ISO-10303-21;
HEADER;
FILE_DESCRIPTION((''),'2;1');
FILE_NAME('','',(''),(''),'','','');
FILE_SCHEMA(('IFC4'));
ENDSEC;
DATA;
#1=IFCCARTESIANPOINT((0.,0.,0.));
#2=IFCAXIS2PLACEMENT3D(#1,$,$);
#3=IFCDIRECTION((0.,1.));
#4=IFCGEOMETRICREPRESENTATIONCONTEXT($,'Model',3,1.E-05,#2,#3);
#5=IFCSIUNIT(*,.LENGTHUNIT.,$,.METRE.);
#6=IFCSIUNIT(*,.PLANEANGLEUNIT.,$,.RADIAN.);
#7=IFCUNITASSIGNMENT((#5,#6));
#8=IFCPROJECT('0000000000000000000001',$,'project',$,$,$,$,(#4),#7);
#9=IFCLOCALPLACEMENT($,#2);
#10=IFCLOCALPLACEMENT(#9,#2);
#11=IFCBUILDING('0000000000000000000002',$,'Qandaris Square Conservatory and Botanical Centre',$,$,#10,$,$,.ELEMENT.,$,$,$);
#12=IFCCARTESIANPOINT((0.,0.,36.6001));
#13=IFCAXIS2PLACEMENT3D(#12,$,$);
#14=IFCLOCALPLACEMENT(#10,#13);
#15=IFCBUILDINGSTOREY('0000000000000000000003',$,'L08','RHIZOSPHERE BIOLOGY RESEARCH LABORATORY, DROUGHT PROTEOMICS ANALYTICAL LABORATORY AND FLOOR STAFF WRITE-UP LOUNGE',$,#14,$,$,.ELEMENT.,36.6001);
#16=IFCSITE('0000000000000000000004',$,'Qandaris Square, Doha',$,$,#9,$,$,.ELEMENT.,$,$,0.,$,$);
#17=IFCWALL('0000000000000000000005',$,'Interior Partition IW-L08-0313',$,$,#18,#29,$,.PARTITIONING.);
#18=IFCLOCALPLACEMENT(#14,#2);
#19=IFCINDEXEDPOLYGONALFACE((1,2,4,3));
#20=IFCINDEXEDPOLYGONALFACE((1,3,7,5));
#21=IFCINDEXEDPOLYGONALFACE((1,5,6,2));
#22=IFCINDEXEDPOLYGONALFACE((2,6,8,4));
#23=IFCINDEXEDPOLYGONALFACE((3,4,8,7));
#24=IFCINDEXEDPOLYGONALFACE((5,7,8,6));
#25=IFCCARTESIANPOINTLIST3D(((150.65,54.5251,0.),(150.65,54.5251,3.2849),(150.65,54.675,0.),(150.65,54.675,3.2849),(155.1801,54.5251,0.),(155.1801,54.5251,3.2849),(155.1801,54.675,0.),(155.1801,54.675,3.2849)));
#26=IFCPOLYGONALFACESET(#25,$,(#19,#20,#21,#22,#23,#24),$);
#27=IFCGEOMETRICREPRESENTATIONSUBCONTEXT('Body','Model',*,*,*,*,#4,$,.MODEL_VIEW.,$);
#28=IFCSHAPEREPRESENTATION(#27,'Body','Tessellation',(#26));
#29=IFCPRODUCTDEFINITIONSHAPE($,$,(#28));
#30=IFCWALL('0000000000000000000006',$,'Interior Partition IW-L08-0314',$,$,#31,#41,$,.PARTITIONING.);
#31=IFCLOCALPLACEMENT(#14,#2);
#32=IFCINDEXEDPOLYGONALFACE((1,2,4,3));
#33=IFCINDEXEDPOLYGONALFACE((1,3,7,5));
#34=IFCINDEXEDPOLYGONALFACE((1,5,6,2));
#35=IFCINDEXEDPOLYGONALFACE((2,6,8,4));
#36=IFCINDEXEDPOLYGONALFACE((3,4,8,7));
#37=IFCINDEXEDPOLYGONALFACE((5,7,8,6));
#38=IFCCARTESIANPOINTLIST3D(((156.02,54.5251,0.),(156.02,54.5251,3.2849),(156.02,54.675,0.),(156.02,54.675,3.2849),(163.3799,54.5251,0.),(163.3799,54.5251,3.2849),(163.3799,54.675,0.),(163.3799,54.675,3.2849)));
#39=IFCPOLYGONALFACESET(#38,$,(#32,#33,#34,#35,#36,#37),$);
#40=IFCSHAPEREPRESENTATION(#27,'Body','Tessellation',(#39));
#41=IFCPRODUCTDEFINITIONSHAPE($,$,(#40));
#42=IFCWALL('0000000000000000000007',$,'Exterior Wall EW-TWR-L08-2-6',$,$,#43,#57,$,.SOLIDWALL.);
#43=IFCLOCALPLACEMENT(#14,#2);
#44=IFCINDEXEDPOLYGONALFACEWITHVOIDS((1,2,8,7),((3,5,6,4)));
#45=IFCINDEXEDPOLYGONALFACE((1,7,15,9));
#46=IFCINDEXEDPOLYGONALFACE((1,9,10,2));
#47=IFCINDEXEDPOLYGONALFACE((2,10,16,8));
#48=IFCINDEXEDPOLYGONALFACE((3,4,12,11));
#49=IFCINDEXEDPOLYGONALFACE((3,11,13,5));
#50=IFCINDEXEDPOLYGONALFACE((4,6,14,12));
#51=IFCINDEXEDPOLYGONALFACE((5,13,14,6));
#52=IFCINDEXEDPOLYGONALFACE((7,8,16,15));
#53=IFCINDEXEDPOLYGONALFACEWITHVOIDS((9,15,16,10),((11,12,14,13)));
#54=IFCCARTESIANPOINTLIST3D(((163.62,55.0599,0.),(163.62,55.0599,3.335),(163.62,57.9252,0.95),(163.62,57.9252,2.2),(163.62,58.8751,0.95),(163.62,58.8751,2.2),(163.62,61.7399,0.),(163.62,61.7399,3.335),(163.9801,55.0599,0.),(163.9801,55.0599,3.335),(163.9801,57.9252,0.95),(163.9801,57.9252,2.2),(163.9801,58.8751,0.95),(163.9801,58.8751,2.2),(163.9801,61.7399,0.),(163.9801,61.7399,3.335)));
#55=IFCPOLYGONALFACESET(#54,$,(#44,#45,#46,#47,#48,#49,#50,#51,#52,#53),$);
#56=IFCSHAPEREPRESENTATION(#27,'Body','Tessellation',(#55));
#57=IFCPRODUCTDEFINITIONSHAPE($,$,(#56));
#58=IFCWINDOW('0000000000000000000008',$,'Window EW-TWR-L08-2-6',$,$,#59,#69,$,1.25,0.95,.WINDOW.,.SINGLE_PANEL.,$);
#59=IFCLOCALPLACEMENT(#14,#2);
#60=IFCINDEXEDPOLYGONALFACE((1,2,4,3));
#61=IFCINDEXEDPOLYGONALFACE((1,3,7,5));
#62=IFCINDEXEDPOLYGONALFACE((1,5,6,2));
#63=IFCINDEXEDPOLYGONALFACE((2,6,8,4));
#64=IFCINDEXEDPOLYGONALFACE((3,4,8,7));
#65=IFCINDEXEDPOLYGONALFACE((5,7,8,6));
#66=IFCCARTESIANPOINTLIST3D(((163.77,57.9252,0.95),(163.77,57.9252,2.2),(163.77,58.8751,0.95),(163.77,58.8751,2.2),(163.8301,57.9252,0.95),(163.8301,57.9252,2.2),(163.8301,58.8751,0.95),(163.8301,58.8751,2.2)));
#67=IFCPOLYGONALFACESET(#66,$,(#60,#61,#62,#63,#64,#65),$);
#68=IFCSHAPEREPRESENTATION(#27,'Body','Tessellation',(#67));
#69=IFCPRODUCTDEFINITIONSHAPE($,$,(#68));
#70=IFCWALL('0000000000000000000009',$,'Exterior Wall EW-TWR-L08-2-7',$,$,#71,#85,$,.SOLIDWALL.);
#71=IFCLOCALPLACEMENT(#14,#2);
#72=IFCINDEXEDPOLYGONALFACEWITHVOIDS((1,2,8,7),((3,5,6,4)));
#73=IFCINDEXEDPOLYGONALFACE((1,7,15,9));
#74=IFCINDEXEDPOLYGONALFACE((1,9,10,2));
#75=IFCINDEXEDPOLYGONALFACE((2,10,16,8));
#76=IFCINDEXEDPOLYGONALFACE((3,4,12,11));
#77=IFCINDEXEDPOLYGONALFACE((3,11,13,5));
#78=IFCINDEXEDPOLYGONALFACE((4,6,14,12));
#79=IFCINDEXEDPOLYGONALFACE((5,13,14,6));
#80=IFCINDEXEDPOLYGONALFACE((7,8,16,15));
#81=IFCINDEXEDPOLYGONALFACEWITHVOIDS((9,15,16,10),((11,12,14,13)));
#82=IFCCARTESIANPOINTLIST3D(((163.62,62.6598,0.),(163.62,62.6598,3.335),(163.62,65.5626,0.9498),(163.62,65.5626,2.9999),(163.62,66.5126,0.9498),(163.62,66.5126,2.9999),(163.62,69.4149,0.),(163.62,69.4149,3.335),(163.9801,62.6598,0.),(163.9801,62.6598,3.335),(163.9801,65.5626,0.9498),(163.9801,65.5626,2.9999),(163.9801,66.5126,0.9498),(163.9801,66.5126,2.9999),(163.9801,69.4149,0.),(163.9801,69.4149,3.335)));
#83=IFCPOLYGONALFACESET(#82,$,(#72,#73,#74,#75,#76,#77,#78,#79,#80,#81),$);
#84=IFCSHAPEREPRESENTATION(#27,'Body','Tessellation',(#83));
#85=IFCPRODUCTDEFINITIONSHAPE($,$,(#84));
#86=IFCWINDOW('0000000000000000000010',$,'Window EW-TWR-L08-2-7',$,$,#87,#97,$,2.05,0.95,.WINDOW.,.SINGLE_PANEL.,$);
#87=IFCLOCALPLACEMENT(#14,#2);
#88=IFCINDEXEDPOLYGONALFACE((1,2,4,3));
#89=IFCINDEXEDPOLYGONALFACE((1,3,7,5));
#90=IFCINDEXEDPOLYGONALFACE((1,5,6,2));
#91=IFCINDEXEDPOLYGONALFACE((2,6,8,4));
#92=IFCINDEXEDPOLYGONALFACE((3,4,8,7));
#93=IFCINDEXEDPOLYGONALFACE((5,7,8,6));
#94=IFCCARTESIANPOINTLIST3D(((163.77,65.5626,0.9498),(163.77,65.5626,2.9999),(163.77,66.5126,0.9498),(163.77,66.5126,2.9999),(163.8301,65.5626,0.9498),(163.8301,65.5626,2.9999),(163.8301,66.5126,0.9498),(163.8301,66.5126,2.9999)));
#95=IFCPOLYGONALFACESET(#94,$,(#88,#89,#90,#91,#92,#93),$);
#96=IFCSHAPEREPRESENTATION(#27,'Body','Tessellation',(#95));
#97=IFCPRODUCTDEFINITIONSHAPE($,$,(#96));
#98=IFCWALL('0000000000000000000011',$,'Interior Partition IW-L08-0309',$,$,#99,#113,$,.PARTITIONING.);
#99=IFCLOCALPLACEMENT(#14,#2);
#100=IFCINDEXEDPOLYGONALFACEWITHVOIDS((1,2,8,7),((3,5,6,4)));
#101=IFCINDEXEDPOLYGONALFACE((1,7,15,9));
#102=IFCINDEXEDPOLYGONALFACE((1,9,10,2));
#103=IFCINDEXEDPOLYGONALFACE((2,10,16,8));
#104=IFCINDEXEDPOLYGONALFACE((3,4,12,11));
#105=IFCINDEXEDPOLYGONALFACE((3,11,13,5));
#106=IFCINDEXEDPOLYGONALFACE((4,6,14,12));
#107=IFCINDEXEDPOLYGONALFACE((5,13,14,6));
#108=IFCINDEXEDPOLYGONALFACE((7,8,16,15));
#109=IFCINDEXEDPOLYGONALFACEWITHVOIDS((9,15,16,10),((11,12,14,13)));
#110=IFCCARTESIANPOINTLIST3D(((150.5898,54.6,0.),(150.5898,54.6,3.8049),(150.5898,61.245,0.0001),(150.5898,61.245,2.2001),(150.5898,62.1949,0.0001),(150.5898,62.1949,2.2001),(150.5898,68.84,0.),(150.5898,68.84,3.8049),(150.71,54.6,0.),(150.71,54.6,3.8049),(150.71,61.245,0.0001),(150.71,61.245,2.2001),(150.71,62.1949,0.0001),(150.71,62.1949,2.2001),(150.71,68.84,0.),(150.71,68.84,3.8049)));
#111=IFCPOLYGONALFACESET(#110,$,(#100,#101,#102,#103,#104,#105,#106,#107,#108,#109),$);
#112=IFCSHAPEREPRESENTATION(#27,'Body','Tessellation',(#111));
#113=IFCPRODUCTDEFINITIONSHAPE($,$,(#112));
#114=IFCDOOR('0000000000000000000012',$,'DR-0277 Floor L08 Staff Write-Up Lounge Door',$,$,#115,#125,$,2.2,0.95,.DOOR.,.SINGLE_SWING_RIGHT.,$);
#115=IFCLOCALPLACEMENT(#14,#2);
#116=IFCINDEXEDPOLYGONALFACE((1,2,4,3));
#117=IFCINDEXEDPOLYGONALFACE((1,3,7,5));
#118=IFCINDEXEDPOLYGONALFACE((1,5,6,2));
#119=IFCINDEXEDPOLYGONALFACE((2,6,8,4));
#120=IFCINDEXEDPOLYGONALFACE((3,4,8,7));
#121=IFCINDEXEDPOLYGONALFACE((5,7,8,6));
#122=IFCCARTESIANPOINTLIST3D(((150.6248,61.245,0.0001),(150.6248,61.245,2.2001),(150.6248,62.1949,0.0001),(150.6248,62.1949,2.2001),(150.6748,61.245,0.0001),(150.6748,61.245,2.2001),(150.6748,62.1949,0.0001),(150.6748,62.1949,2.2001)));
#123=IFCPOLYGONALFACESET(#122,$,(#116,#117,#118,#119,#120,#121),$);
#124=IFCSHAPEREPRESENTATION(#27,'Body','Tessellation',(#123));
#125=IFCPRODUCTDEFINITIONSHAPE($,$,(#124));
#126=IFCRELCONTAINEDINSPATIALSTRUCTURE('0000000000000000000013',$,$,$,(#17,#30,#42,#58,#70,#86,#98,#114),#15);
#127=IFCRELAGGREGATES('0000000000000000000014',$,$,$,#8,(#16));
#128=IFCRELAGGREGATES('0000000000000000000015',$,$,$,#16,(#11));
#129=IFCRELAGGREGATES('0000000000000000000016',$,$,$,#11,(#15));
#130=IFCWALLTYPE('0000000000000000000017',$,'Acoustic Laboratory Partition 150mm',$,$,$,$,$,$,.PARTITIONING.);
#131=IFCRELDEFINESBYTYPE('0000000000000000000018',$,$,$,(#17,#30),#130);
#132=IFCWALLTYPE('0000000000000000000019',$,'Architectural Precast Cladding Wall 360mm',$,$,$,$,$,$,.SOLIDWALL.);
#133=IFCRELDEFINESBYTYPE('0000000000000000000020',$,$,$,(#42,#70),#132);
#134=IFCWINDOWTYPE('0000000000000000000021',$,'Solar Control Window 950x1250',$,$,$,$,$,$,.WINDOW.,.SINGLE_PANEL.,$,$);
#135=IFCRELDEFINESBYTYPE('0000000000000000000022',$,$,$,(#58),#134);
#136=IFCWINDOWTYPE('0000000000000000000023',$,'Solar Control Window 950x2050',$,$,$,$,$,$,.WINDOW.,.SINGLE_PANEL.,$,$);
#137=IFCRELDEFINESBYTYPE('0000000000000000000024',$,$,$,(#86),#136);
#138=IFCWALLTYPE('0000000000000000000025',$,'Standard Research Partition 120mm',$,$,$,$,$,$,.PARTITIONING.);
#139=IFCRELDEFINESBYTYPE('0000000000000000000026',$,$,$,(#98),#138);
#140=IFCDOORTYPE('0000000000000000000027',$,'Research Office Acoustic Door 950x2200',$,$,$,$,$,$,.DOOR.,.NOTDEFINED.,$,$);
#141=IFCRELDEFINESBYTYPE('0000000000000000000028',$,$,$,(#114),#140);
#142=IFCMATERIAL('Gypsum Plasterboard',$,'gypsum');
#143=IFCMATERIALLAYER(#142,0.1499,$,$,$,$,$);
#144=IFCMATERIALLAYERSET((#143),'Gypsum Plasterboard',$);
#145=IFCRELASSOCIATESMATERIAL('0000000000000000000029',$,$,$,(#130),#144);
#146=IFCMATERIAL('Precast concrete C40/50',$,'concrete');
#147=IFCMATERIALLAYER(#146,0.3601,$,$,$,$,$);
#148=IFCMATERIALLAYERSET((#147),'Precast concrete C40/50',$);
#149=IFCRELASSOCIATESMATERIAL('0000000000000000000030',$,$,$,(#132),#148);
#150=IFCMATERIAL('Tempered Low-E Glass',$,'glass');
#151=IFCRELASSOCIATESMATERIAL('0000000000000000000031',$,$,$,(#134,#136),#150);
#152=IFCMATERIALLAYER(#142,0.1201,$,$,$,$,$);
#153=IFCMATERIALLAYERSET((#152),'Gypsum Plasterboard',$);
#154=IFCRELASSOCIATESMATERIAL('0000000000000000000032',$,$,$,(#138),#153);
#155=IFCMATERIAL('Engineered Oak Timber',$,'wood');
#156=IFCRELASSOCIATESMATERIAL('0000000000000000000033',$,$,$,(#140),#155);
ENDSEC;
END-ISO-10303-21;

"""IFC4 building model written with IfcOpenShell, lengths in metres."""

from ifc_helpers import new_model, si_unit, direction, frame, frame_2d, origin, place, context, subcontext, project, spatial, rectangle, extrude, material, layer, layer_set, type_object, element, fill, save


model = new_model("IFC4")

# Units and contexts
model_context = context("Model", 3, precision=1e-05, world=origin(), true_north=direction((0.0, 1.0)))
body_context = subcontext(model_context, "Body", "Model", "MODEL_VIEW")
ifc_project = project(units=[si_unit("LENGTHUNIT", "METRE"), si_unit("PLANEANGLEUNIT", "RADIAN")], contexts=[model_context])

# Site, building, storey
site_placement = place(None, origin())
site = spatial("IfcSite", under=ifc_project, at=site_placement, Name="Qandaris Square, Doha", CompositionType="ELEMENT", RefElevation=0.0)
building_placement = place(site_placement, origin())
building = spatial("IfcBuilding", under=site, at=building_placement, Name="Qandaris Square Conservatory and Botanical Centre", CompositionType="ELEMENT")
storey_placement = place(building_placement, frame((0.0, 0.0, 36.6001)))
storey = spatial("IfcBuildingStorey", under=building, at=storey_placement, Name="L08", Description="RHIZOSPHERE BIOLOGY RESEARCH LABORATORY, DROUGHT PROTEOMICS ANALYTICAL LABORATORY AND FLOOR STAFF WRITE-UP LOUNGE", CompositionType="ELEMENT", Elevation=36.6001)

# Walls
ifc_material_1 = material(Name="Gypsum Plasterboard", Category="gypsum")
ifc_layer_1 = layer(ifc_material_1, 0.1499)
ifc_layer_set_1 = layer_set([ifc_layer_1], Name="Gypsum Plasterboard")
wall_type_1 = type_object("IfcWallType", Name="Acoustic Laboratory Partition 150mm", PredefinedType="PARTITIONING", material=ifc_layer_set_1)
wall_1_placement = place(storey_placement, frame((150.6499, 54.6001, 0.0), z_axis=(0.0, 0.0, 1.0), x_axis=(1.0, 0.0, 0.0)))
element("IfcWall", 1, at=wall_1_placement, inside=storey, type_object=wall_type_1, Name="Interior Partition IW-L08-0313", PredefinedType="PARTITIONING", context=body_context, shape_type="SweptSolid", body=[
    extrude(rectangle(XDim=4.53, YDim=0.1499, at=frame_2d((2.2651, 0.0))), origin(), (0.0, 0.0, 1.0), 3.2849),
])
wall_2_placement = place(storey_placement, frame((156.02, 54.6001, 0.0), z_axis=(0.0, 0.0, 1.0), x_axis=(1.0, 0.0, 0.0)))
element("IfcWall", 2, at=wall_2_placement, inside=storey, type_object=wall_type_1, Name="Interior Partition IW-L08-0314", PredefinedType="PARTITIONING", context=body_context, shape_type="SweptSolid", body=[
    extrude(rectangle(XDim=7.3599, YDim=0.1499, at=frame_2d((3.6799, 0.0))), origin(), (0.0, 0.0, 1.0), 3.2849),
])

# Walls, openings, windows
ifc_material_2 = material(Name="Precast concrete C40/50", Category="concrete")
ifc_layer_2 = layer(ifc_material_2, 0.3601)
ifc_layer_set_2 = layer_set([ifc_layer_2], Name="Precast concrete C40/50")
wall_type_2 = type_object("IfcWallType", Name="Architectural Precast Cladding Wall 360mm", PredefinedType="SOLIDWALL", material=ifc_layer_set_2)
wall_3_placement = place(storey_placement, frame((163.8, 55.0601, 0.0), z_axis=(0.0, 0.0, 1.0), x_axis=(0.0, 1.0, 0.0)))
wall_3 = element("IfcWall", 3, at=wall_3_placement, inside=storey, type_object=wall_type_2, Name="Exterior Wall EW-TWR-L08-2-6", PredefinedType="SOLIDWALL", context=body_context, shape_type="SweptSolid", body=[
    extrude(rectangle(XDim=6.6799, YDim=0.3601, at=frame_2d((3.3398, 0.0))), origin(), (0.0, 0.0, 1.0), 3.335),
])
opening_1_placement = place(wall_3_placement, frame((2.865, 0.0, 0.95)))
opening_1 = element("IfcOpeningElement", 4, at=opening_1_placement, cuts=wall_3, PredefinedType="OPENING", context=body_context, shape_type="SweptSolid", body=[
    extrude(rectangle(XDim=0.95, YDim=1.25, at=frame_2d((0.4751, 0.625))), frame((0.0, 0.1919, 0.0), z_axis=(0.0, -1.0, 0.0), x_axis=(1.0, 0.0, 0.0)), (0.0, 0.0, 1.0), 0.384),
])
ifc_material_3 = material(Name="Tempered Low-E Glass", Category="glass")
window_type_1 = type_object("IfcWindowType", Name="Solar Control Window 950x1250", PartitioningType="SINGLE_PANEL", PredefinedType="WINDOW", material=ifc_material_3)
window_1_placement = place(opening_1_placement, origin())
window_1 = element("IfcWindow", 5, at=window_1_placement, inside=storey, type_object=window_type_1, Name="Window EW-TWR-L08-2-6", OverallHeight=1.25, OverallWidth=0.95, PartitioningType="SINGLE_PANEL", PredefinedType="WINDOW", context=body_context, shape_type="SweptSolid", body=[
    extrude(rectangle(XDim=0.95, YDim=1.25, at=frame_2d((0.4751, 0.625))), frame((0.0, 0.03, 0.0), z_axis=(0.0, -1.0, 0.0), x_axis=(1.0, 0.0, 0.0)), (0.0, 0.0, 1.0), 0.0601),
])
fill(opening_1, window_1)
wall_4_placement = place(storey_placement, frame((163.8, 62.6599, 0.0), z_axis=(0.0, 0.0, 1.0), x_axis=(0.0, 1.0, 0.0)))
wall_4 = element("IfcWall", 6, at=wall_4_placement, inside=storey, type_object=wall_type_2, Name="Exterior Wall EW-TWR-L08-2-7", PredefinedType="SOLIDWALL", context=body_context, shape_type="SweptSolid", body=[
    extrude(rectangle(XDim=6.7551, YDim=0.3601, at=frame_2d((3.3774, 0.0))), origin(), (0.0, 0.0, 1.0), 3.335),
])
opening_2_placement = place(wall_4_placement, frame((2.9026, 0.0, 0.95)))
opening_2 = element("IfcOpeningElement", 7, at=opening_2_placement, cuts=wall_4, PredefinedType="OPENING", context=body_context, shape_type="SweptSolid", body=[
    extrude(rectangle(XDim=0.95, YDim=2.05, at=frame_2d((0.4751, 1.0249))), frame((0.0, 0.1919, 0.0), z_axis=(0.0, -1.0, 0.0), x_axis=(1.0, 0.0, 0.0)), (0.0, 0.0, 1.0), 0.384),
])
window_type_2 = type_object("IfcWindowType", Name="Solar Control Window 950x2050", PartitioningType="SINGLE_PANEL", PredefinedType="WINDOW", material=ifc_material_3)
window_2_placement = place(opening_2_placement, origin())
window_2 = element("IfcWindow", 8, at=window_2_placement, inside=storey, type_object=window_type_2, Name="Window EW-TWR-L08-2-7", OverallHeight=2.05, OverallWidth=0.95, PartitioningType="SINGLE_PANEL", PredefinedType="WINDOW", context=body_context, shape_type="SweptSolid", body=[
    extrude(rectangle(XDim=0.95, YDim=2.05, at=frame_2d((0.4751, 1.0249))), frame((0.0, 0.03, 0.0), z_axis=(0.0, -1.0, 0.0), x_axis=(1.0, 0.0, 0.0)), (0.0, 0.0, 1.0), 0.0601),
])
fill(opening_2, window_2)

# Wall, opening, door
ifc_layer_3 = layer(ifc_material_1, 0.1201)
ifc_layer_set_3 = layer_set([ifc_layer_3], Name="Gypsum Plasterboard")
wall_type_3 = type_object("IfcWallType", Name="Standard Research Partition 120mm", PredefinedType="PARTITIONING", material=ifc_layer_set_3)
wall_5_placement = place(storey_placement, frame((150.6499, 68.8401, 0.0), z_axis=(0.0, 0.0, 1.0), x_axis=(0.0, -1.0, 0.0)))
wall_5 = element("IfcWall", 9, at=wall_5_placement, inside=storey, type_object=wall_type_3, Name="Interior Partition IW-L08-0309", PredefinedType="PARTITIONING", context=body_context, shape_type="SweptSolid", body=[
    extrude(rectangle(XDim=14.24, YDim=0.1201, at=frame_2d((7.1201, 0.0))), origin(), (0.0, 0.0, 1.0), 3.8049),
])
opening_3_placement = place(wall_5_placement, frame((6.645, 0.0, 0.0)))
opening_3 = element("IfcOpeningElement", 10, at=opening_3_placement, cuts=wall_5, PredefinedType="OPENING", context=body_context, shape_type="SweptSolid", body=[
    extrude(rectangle(XDim=0.95, YDim=2.2, at=frame_2d((0.4751, 1.1001))), frame((0.0, 0.072, 0.0), z_axis=(0.0, -1.0, 0.0), x_axis=(1.0, 0.0, 0.0)), (0.0, 0.0, 1.0), 0.144),
])
ifc_material_4 = material(Name="Engineered Oak Timber", Category="wood")
door_type = type_object("IfcDoorType", Name="Research Office Acoustic Door 950x2200", OperationType="NOTDEFINED", PredefinedType="DOOR", material=ifc_material_4)
door_placement = place(opening_3_placement, origin())
door = element("IfcDoor", 11, at=door_placement, inside=storey, type_object=door_type, Name="DR-0277 Floor L08 Staff Write-Up Lounge Door", OperationType="SINGLE_SWING_RIGHT", OverallHeight=2.2, OverallWidth=0.95, PredefinedType="DOOR", context=body_context, shape_type="SweptSolid", body=[
    extrude(rectangle(XDim=0.95, YDim=2.2, at=frame_2d((0.4751, 1.1001))), frame((0.0, 0.0249, 0.0), z_axis=(0.0, -1.0, 0.0), x_axis=(1.0, 0.0, 0.0)), (0.0, 0.0, 1.0), 0.05),
])
fill(opening_3, door)

save(model, "model.ifc")
